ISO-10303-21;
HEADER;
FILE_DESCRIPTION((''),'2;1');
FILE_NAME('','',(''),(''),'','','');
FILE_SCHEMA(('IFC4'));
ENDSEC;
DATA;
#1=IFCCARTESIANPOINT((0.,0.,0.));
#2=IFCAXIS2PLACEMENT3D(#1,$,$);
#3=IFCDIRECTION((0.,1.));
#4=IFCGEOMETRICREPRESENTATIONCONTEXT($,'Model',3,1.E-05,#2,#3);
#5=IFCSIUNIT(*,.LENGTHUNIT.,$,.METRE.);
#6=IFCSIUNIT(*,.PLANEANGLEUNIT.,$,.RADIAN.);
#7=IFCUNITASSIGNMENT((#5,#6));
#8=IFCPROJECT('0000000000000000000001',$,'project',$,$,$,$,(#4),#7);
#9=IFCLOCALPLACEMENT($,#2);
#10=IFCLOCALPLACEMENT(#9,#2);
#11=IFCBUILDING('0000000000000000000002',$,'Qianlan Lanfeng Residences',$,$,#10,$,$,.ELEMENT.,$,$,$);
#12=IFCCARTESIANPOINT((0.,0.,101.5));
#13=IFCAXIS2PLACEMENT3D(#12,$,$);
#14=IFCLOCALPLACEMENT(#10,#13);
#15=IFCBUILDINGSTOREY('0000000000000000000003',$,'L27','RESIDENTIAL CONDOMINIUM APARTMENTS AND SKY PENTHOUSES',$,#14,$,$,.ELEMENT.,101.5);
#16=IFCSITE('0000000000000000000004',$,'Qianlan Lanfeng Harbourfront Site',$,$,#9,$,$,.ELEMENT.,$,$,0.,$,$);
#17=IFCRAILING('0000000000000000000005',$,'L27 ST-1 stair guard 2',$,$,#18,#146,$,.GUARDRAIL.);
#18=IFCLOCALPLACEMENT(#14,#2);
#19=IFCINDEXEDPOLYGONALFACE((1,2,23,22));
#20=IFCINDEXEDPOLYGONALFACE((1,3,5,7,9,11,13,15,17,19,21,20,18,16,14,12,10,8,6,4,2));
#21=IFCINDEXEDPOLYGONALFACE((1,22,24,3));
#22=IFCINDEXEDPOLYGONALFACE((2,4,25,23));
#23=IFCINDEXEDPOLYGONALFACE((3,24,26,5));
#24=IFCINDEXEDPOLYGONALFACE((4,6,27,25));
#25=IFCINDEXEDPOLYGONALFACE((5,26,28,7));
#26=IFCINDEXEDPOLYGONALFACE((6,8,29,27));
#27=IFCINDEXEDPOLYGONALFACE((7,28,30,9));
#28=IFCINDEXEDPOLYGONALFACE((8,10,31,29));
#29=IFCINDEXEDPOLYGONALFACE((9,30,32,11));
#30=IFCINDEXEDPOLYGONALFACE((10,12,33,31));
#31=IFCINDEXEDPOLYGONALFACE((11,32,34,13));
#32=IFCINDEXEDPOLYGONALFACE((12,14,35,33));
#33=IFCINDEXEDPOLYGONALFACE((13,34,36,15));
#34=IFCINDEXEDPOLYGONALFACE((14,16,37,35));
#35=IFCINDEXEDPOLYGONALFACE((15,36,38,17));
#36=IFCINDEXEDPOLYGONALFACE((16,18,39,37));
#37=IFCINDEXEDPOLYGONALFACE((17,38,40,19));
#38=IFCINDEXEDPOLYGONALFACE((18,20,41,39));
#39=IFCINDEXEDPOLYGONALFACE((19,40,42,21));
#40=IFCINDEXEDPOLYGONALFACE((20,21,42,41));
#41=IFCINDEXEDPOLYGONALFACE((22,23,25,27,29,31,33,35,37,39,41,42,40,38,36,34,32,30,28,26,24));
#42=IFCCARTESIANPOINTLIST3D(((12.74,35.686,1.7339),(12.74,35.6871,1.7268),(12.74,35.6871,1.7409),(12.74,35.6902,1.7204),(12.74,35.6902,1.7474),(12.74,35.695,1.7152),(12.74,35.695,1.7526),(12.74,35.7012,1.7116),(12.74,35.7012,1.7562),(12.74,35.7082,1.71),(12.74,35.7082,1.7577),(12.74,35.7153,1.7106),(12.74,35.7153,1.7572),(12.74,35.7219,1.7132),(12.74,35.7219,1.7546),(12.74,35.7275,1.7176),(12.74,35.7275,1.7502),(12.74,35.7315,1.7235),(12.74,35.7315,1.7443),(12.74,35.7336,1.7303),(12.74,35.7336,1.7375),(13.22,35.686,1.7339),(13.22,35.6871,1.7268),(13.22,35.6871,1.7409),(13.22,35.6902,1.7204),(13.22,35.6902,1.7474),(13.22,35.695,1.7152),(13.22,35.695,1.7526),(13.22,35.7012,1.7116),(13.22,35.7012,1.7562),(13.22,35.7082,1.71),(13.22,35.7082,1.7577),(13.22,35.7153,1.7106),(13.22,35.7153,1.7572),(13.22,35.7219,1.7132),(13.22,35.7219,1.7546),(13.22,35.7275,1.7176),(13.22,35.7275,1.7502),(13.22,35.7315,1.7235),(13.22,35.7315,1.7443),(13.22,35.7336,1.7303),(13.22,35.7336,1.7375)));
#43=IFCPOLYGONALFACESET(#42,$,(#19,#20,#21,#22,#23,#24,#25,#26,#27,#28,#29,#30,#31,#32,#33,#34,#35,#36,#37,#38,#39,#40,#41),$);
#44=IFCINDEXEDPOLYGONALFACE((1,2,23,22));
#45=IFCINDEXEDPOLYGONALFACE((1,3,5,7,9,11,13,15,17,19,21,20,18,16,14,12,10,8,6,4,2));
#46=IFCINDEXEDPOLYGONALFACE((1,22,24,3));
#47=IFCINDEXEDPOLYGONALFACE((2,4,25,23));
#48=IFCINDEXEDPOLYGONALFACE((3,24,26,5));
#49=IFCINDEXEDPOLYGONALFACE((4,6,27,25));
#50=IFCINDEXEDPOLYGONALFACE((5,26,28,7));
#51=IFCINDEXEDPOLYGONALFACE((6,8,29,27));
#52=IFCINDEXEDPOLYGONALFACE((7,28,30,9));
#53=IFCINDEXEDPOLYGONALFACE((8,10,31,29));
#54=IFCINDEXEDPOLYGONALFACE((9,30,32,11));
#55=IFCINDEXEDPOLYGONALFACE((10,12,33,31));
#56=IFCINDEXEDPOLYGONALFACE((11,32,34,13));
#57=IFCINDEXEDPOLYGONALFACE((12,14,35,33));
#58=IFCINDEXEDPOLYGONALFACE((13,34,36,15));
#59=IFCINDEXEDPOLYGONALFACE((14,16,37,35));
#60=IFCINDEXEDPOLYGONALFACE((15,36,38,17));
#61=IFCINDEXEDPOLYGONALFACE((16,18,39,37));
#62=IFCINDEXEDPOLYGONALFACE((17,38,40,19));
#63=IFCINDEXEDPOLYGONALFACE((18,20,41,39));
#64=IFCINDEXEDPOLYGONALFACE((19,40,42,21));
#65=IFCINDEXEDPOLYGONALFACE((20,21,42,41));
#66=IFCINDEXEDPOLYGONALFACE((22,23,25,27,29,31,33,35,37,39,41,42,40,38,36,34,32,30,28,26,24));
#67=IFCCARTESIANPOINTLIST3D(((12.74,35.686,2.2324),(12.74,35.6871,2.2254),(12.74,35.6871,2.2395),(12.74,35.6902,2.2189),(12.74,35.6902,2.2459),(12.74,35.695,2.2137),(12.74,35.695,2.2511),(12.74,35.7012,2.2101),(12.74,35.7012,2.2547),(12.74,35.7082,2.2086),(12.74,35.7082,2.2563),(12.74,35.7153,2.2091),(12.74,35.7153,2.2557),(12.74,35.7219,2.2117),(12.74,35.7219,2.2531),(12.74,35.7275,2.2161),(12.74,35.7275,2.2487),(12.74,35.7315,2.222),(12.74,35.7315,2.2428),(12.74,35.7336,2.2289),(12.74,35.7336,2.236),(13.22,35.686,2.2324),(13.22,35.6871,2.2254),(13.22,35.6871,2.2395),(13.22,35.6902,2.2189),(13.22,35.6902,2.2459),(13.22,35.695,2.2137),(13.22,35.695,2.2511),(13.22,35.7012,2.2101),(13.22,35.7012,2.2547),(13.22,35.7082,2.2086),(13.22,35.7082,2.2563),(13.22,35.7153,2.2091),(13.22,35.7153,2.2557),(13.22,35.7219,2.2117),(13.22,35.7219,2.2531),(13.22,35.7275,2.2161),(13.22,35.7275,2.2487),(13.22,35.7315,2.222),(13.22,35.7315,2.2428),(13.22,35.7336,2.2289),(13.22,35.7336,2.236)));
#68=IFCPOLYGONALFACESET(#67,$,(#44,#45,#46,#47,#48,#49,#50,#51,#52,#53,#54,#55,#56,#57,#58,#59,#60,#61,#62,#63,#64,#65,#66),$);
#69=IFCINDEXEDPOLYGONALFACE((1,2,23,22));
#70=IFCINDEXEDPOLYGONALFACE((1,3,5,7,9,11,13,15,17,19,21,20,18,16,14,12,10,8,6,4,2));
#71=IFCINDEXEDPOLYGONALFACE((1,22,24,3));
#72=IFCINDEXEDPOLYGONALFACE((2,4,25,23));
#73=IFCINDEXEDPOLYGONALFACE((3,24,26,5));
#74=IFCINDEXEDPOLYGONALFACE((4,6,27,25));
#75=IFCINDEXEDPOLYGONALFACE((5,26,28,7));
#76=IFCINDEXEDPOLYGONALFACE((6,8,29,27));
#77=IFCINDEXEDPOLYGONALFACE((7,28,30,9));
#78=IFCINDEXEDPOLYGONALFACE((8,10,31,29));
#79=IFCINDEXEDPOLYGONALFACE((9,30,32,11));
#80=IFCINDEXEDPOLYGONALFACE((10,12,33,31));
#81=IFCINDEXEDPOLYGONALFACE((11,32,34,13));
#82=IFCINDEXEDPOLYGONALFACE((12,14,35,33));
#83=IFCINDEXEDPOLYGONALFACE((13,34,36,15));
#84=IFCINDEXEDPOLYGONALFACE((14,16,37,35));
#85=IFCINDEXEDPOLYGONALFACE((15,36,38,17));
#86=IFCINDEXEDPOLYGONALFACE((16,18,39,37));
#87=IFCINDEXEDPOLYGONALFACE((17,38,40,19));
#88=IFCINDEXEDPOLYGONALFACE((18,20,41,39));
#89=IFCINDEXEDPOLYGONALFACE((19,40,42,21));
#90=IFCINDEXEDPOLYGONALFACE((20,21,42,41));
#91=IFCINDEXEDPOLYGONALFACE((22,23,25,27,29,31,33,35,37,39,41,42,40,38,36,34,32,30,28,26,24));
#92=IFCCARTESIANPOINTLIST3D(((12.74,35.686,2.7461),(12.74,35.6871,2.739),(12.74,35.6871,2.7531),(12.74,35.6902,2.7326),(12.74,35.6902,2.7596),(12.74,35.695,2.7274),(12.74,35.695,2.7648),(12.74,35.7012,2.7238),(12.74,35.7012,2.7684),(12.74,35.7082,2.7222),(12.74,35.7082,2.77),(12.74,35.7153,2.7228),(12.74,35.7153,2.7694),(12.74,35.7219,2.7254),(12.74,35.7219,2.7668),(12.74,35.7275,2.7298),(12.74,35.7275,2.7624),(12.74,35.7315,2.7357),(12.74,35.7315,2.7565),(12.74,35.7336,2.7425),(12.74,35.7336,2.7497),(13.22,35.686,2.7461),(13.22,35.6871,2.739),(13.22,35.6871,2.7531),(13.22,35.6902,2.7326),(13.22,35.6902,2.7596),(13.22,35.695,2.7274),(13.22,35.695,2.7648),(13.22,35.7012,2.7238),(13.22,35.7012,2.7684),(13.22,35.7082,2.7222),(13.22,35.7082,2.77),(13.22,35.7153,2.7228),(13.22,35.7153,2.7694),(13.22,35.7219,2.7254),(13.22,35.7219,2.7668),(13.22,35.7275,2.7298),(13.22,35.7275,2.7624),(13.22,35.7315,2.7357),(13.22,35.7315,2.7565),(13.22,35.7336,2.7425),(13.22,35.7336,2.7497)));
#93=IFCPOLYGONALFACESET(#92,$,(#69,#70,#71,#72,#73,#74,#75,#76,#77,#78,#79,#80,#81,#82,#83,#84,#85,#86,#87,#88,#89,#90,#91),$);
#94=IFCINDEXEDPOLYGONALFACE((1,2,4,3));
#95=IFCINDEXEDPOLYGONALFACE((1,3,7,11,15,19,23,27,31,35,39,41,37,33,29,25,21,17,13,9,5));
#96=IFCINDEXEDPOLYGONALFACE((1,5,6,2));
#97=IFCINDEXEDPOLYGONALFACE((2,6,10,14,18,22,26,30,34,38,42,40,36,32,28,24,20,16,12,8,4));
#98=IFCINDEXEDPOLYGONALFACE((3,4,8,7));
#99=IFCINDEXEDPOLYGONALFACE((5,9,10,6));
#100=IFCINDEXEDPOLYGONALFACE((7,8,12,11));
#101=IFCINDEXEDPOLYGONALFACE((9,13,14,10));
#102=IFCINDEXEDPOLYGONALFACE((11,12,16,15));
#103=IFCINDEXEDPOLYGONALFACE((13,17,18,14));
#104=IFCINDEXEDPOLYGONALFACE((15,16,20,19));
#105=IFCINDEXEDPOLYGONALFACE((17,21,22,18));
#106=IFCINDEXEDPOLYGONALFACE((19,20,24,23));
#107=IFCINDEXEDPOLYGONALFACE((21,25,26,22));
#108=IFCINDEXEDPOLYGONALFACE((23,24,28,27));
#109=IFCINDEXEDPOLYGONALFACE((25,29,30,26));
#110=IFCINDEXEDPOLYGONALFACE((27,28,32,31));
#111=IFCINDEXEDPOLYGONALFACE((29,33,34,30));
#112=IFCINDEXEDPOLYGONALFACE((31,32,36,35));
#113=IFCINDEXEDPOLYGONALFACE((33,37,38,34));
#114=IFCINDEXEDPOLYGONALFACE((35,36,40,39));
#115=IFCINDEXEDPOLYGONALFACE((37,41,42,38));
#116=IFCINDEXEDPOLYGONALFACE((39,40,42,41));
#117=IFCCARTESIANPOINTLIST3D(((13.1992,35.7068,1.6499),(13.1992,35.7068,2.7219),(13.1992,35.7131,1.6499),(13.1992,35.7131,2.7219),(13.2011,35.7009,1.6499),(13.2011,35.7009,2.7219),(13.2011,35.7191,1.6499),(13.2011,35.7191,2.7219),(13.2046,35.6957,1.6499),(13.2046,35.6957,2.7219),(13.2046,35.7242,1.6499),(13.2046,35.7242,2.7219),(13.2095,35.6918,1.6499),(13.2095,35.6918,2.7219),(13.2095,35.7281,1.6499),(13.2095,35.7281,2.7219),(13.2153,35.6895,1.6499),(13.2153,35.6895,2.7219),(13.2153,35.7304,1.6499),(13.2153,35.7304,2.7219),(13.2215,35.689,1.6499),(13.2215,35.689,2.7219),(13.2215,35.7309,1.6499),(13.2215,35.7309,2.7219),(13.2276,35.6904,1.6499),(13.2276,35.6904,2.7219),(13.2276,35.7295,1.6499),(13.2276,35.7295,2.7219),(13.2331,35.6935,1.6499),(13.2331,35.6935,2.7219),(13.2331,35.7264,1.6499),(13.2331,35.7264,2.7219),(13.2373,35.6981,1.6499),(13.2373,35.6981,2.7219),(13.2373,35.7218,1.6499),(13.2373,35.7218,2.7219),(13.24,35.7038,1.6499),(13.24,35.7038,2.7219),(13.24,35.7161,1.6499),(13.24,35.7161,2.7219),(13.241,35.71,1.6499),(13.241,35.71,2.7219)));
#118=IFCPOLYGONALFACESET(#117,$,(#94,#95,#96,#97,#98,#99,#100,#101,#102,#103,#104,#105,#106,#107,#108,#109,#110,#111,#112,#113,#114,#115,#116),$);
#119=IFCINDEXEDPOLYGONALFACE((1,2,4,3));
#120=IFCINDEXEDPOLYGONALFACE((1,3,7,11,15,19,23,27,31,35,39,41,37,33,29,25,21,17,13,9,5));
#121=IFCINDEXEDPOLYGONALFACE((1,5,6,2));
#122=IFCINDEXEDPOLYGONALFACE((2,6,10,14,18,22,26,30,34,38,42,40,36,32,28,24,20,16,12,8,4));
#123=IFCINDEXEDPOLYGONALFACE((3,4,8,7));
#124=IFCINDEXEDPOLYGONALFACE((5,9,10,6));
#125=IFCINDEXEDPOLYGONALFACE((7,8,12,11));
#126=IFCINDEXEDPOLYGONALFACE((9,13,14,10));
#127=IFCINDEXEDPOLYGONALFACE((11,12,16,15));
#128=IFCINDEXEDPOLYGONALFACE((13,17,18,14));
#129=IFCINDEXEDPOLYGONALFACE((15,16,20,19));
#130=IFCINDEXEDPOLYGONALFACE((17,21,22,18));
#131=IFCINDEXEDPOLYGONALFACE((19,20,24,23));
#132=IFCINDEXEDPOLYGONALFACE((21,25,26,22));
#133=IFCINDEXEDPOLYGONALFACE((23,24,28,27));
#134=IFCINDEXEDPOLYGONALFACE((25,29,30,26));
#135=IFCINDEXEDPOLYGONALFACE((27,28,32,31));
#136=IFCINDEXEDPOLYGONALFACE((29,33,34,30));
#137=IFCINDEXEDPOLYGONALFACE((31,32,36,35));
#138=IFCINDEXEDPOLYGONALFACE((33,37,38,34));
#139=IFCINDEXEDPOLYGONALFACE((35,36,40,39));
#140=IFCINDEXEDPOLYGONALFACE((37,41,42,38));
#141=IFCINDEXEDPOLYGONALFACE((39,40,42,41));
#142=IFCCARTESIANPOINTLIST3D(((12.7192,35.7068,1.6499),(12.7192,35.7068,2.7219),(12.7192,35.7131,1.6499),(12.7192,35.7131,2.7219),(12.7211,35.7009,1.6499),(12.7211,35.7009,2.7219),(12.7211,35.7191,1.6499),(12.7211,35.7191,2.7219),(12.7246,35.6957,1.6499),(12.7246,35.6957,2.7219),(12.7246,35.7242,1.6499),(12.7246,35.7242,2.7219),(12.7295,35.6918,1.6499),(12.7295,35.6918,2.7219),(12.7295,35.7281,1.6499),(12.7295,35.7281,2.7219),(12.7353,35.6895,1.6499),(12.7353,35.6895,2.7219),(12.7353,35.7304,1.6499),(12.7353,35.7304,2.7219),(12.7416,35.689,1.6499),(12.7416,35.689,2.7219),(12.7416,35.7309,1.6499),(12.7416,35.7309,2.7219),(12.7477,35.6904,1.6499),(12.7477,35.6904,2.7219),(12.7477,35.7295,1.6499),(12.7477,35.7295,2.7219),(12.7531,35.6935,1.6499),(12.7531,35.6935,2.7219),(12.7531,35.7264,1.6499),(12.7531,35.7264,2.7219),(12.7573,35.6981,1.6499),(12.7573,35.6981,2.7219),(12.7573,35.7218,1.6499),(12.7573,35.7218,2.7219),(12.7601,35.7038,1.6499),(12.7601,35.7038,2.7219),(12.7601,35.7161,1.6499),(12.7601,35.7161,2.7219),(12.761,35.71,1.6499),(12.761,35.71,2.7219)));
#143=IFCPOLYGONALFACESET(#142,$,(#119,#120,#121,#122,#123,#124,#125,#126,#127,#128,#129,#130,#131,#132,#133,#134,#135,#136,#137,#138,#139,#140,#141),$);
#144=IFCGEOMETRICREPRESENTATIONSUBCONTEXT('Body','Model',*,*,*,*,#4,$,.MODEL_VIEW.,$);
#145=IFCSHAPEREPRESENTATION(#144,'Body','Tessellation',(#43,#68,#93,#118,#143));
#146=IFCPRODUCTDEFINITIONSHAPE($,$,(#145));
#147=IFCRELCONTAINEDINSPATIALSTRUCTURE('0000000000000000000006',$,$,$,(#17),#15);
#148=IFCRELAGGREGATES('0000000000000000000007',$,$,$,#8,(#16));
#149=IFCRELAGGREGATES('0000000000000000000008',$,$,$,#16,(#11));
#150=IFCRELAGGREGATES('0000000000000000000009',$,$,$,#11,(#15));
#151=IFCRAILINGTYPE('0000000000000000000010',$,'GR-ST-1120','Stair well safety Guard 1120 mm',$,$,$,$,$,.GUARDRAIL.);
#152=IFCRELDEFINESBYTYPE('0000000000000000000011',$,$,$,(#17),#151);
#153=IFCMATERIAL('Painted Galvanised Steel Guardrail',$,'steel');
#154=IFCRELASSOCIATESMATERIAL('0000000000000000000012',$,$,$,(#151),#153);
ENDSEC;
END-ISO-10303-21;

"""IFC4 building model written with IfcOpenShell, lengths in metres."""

from ifc_helpers import new_model, si_unit, direction, frame, origin, origin_2d, place, context, subcontext, project, spatial, circle, extrude, material, type_object, element, save


model = new_model("IFC4")

# Units and contexts
model_context = context("Model", 3, precision=1e-05, world=origin(), true_north=direction((0.0, 1.0)))
body_context = subcontext(model_context, "Body", "Model", "MODEL_VIEW")
ifc_project = project(units=[si_unit("LENGTHUNIT", "METRE"), si_unit("PLANEANGLEUNIT", "RADIAN")], contexts=[model_context])

# Site, building, storey
site_placement = place(None, origin())
site = spatial("IfcSite", under=ifc_project, at=site_placement, Name="Qianlan Lanfeng Harbourfront Site", CompositionType="ELEMENT", RefElevation=0.0)
building_placement = place(site_placement, origin())
building = spatial("IfcBuilding", under=site, at=building_placement, Name="Qianlan Lanfeng Residences", CompositionType="ELEMENT")
storey_placement = place(building_placement, frame((0.0, 0.0, 101.5)))
storey = spatial("IfcBuildingStorey", under=building, at=storey_placement, Name="L27", Description="RESIDENTIAL CONDOMINIUM APARTMENTS AND SKY PENTHOUSES", CompositionType="ELEMENT", Elevation=101.5)

# Railing
ifc_material_1 = material(Name="Painted Galvanised Steel Guardrail", Category="steel")
railing_type_1 = type_object("IfcRailingType", Name="GR-ST-1120", Description="Stair well safety Guard 1120 mm", PredefinedType="GUARDRAIL", material=ifc_material_1)
railing_1_placement = place(storey_placement, frame((13.22, 35.71, 1.6499)))
element("IfcRailing", 1, at=railing_1_placement, inside=storey, type_object=railing_type_1, Name="L27 ST-1 stair guard 2", PredefinedType="GUARDRAIL", context=body_context, shape_type="SweptSolid", body=[
    extrude(circle(Radius=0.0239, at=origin_2d()), frame((0.0, 0.0, 0.084), z_axis=(-1.0, 0.0, 0.0), x_axis=(0.0, -1.0, 0.0)), (0.0, 0.0, 1.0), 0.48),
    extrude(circle(Radius=0.0239, at=origin_2d()), frame((0.0, 0.0, 0.5825), z_axis=(-1.0, 0.0, 0.0), x_axis=(0.0, -1.0, 0.0)), (0.0, 0.0, 1.0), 0.48),
    extrude(circle(Radius=0.0239, at=origin_2d()), frame((0.0, 0.0, 1.0962), z_axis=(-1.0, 0.0, 0.0), x_axis=(0.0, -1.0, 0.0)), (0.0, 0.0, 1.0), 0.48),
    extrude(circle(Radius=0.021, at=origin_2d()), origin(), (0.0, 0.0, 1.0), 1.072),
    extrude(circle(Radius=0.021, at=origin_2d()), frame((-0.48, 0.0, 0.0)), (0.0, 0.0, 1.0), 1.072),
])

save(model, "model.ifc")
